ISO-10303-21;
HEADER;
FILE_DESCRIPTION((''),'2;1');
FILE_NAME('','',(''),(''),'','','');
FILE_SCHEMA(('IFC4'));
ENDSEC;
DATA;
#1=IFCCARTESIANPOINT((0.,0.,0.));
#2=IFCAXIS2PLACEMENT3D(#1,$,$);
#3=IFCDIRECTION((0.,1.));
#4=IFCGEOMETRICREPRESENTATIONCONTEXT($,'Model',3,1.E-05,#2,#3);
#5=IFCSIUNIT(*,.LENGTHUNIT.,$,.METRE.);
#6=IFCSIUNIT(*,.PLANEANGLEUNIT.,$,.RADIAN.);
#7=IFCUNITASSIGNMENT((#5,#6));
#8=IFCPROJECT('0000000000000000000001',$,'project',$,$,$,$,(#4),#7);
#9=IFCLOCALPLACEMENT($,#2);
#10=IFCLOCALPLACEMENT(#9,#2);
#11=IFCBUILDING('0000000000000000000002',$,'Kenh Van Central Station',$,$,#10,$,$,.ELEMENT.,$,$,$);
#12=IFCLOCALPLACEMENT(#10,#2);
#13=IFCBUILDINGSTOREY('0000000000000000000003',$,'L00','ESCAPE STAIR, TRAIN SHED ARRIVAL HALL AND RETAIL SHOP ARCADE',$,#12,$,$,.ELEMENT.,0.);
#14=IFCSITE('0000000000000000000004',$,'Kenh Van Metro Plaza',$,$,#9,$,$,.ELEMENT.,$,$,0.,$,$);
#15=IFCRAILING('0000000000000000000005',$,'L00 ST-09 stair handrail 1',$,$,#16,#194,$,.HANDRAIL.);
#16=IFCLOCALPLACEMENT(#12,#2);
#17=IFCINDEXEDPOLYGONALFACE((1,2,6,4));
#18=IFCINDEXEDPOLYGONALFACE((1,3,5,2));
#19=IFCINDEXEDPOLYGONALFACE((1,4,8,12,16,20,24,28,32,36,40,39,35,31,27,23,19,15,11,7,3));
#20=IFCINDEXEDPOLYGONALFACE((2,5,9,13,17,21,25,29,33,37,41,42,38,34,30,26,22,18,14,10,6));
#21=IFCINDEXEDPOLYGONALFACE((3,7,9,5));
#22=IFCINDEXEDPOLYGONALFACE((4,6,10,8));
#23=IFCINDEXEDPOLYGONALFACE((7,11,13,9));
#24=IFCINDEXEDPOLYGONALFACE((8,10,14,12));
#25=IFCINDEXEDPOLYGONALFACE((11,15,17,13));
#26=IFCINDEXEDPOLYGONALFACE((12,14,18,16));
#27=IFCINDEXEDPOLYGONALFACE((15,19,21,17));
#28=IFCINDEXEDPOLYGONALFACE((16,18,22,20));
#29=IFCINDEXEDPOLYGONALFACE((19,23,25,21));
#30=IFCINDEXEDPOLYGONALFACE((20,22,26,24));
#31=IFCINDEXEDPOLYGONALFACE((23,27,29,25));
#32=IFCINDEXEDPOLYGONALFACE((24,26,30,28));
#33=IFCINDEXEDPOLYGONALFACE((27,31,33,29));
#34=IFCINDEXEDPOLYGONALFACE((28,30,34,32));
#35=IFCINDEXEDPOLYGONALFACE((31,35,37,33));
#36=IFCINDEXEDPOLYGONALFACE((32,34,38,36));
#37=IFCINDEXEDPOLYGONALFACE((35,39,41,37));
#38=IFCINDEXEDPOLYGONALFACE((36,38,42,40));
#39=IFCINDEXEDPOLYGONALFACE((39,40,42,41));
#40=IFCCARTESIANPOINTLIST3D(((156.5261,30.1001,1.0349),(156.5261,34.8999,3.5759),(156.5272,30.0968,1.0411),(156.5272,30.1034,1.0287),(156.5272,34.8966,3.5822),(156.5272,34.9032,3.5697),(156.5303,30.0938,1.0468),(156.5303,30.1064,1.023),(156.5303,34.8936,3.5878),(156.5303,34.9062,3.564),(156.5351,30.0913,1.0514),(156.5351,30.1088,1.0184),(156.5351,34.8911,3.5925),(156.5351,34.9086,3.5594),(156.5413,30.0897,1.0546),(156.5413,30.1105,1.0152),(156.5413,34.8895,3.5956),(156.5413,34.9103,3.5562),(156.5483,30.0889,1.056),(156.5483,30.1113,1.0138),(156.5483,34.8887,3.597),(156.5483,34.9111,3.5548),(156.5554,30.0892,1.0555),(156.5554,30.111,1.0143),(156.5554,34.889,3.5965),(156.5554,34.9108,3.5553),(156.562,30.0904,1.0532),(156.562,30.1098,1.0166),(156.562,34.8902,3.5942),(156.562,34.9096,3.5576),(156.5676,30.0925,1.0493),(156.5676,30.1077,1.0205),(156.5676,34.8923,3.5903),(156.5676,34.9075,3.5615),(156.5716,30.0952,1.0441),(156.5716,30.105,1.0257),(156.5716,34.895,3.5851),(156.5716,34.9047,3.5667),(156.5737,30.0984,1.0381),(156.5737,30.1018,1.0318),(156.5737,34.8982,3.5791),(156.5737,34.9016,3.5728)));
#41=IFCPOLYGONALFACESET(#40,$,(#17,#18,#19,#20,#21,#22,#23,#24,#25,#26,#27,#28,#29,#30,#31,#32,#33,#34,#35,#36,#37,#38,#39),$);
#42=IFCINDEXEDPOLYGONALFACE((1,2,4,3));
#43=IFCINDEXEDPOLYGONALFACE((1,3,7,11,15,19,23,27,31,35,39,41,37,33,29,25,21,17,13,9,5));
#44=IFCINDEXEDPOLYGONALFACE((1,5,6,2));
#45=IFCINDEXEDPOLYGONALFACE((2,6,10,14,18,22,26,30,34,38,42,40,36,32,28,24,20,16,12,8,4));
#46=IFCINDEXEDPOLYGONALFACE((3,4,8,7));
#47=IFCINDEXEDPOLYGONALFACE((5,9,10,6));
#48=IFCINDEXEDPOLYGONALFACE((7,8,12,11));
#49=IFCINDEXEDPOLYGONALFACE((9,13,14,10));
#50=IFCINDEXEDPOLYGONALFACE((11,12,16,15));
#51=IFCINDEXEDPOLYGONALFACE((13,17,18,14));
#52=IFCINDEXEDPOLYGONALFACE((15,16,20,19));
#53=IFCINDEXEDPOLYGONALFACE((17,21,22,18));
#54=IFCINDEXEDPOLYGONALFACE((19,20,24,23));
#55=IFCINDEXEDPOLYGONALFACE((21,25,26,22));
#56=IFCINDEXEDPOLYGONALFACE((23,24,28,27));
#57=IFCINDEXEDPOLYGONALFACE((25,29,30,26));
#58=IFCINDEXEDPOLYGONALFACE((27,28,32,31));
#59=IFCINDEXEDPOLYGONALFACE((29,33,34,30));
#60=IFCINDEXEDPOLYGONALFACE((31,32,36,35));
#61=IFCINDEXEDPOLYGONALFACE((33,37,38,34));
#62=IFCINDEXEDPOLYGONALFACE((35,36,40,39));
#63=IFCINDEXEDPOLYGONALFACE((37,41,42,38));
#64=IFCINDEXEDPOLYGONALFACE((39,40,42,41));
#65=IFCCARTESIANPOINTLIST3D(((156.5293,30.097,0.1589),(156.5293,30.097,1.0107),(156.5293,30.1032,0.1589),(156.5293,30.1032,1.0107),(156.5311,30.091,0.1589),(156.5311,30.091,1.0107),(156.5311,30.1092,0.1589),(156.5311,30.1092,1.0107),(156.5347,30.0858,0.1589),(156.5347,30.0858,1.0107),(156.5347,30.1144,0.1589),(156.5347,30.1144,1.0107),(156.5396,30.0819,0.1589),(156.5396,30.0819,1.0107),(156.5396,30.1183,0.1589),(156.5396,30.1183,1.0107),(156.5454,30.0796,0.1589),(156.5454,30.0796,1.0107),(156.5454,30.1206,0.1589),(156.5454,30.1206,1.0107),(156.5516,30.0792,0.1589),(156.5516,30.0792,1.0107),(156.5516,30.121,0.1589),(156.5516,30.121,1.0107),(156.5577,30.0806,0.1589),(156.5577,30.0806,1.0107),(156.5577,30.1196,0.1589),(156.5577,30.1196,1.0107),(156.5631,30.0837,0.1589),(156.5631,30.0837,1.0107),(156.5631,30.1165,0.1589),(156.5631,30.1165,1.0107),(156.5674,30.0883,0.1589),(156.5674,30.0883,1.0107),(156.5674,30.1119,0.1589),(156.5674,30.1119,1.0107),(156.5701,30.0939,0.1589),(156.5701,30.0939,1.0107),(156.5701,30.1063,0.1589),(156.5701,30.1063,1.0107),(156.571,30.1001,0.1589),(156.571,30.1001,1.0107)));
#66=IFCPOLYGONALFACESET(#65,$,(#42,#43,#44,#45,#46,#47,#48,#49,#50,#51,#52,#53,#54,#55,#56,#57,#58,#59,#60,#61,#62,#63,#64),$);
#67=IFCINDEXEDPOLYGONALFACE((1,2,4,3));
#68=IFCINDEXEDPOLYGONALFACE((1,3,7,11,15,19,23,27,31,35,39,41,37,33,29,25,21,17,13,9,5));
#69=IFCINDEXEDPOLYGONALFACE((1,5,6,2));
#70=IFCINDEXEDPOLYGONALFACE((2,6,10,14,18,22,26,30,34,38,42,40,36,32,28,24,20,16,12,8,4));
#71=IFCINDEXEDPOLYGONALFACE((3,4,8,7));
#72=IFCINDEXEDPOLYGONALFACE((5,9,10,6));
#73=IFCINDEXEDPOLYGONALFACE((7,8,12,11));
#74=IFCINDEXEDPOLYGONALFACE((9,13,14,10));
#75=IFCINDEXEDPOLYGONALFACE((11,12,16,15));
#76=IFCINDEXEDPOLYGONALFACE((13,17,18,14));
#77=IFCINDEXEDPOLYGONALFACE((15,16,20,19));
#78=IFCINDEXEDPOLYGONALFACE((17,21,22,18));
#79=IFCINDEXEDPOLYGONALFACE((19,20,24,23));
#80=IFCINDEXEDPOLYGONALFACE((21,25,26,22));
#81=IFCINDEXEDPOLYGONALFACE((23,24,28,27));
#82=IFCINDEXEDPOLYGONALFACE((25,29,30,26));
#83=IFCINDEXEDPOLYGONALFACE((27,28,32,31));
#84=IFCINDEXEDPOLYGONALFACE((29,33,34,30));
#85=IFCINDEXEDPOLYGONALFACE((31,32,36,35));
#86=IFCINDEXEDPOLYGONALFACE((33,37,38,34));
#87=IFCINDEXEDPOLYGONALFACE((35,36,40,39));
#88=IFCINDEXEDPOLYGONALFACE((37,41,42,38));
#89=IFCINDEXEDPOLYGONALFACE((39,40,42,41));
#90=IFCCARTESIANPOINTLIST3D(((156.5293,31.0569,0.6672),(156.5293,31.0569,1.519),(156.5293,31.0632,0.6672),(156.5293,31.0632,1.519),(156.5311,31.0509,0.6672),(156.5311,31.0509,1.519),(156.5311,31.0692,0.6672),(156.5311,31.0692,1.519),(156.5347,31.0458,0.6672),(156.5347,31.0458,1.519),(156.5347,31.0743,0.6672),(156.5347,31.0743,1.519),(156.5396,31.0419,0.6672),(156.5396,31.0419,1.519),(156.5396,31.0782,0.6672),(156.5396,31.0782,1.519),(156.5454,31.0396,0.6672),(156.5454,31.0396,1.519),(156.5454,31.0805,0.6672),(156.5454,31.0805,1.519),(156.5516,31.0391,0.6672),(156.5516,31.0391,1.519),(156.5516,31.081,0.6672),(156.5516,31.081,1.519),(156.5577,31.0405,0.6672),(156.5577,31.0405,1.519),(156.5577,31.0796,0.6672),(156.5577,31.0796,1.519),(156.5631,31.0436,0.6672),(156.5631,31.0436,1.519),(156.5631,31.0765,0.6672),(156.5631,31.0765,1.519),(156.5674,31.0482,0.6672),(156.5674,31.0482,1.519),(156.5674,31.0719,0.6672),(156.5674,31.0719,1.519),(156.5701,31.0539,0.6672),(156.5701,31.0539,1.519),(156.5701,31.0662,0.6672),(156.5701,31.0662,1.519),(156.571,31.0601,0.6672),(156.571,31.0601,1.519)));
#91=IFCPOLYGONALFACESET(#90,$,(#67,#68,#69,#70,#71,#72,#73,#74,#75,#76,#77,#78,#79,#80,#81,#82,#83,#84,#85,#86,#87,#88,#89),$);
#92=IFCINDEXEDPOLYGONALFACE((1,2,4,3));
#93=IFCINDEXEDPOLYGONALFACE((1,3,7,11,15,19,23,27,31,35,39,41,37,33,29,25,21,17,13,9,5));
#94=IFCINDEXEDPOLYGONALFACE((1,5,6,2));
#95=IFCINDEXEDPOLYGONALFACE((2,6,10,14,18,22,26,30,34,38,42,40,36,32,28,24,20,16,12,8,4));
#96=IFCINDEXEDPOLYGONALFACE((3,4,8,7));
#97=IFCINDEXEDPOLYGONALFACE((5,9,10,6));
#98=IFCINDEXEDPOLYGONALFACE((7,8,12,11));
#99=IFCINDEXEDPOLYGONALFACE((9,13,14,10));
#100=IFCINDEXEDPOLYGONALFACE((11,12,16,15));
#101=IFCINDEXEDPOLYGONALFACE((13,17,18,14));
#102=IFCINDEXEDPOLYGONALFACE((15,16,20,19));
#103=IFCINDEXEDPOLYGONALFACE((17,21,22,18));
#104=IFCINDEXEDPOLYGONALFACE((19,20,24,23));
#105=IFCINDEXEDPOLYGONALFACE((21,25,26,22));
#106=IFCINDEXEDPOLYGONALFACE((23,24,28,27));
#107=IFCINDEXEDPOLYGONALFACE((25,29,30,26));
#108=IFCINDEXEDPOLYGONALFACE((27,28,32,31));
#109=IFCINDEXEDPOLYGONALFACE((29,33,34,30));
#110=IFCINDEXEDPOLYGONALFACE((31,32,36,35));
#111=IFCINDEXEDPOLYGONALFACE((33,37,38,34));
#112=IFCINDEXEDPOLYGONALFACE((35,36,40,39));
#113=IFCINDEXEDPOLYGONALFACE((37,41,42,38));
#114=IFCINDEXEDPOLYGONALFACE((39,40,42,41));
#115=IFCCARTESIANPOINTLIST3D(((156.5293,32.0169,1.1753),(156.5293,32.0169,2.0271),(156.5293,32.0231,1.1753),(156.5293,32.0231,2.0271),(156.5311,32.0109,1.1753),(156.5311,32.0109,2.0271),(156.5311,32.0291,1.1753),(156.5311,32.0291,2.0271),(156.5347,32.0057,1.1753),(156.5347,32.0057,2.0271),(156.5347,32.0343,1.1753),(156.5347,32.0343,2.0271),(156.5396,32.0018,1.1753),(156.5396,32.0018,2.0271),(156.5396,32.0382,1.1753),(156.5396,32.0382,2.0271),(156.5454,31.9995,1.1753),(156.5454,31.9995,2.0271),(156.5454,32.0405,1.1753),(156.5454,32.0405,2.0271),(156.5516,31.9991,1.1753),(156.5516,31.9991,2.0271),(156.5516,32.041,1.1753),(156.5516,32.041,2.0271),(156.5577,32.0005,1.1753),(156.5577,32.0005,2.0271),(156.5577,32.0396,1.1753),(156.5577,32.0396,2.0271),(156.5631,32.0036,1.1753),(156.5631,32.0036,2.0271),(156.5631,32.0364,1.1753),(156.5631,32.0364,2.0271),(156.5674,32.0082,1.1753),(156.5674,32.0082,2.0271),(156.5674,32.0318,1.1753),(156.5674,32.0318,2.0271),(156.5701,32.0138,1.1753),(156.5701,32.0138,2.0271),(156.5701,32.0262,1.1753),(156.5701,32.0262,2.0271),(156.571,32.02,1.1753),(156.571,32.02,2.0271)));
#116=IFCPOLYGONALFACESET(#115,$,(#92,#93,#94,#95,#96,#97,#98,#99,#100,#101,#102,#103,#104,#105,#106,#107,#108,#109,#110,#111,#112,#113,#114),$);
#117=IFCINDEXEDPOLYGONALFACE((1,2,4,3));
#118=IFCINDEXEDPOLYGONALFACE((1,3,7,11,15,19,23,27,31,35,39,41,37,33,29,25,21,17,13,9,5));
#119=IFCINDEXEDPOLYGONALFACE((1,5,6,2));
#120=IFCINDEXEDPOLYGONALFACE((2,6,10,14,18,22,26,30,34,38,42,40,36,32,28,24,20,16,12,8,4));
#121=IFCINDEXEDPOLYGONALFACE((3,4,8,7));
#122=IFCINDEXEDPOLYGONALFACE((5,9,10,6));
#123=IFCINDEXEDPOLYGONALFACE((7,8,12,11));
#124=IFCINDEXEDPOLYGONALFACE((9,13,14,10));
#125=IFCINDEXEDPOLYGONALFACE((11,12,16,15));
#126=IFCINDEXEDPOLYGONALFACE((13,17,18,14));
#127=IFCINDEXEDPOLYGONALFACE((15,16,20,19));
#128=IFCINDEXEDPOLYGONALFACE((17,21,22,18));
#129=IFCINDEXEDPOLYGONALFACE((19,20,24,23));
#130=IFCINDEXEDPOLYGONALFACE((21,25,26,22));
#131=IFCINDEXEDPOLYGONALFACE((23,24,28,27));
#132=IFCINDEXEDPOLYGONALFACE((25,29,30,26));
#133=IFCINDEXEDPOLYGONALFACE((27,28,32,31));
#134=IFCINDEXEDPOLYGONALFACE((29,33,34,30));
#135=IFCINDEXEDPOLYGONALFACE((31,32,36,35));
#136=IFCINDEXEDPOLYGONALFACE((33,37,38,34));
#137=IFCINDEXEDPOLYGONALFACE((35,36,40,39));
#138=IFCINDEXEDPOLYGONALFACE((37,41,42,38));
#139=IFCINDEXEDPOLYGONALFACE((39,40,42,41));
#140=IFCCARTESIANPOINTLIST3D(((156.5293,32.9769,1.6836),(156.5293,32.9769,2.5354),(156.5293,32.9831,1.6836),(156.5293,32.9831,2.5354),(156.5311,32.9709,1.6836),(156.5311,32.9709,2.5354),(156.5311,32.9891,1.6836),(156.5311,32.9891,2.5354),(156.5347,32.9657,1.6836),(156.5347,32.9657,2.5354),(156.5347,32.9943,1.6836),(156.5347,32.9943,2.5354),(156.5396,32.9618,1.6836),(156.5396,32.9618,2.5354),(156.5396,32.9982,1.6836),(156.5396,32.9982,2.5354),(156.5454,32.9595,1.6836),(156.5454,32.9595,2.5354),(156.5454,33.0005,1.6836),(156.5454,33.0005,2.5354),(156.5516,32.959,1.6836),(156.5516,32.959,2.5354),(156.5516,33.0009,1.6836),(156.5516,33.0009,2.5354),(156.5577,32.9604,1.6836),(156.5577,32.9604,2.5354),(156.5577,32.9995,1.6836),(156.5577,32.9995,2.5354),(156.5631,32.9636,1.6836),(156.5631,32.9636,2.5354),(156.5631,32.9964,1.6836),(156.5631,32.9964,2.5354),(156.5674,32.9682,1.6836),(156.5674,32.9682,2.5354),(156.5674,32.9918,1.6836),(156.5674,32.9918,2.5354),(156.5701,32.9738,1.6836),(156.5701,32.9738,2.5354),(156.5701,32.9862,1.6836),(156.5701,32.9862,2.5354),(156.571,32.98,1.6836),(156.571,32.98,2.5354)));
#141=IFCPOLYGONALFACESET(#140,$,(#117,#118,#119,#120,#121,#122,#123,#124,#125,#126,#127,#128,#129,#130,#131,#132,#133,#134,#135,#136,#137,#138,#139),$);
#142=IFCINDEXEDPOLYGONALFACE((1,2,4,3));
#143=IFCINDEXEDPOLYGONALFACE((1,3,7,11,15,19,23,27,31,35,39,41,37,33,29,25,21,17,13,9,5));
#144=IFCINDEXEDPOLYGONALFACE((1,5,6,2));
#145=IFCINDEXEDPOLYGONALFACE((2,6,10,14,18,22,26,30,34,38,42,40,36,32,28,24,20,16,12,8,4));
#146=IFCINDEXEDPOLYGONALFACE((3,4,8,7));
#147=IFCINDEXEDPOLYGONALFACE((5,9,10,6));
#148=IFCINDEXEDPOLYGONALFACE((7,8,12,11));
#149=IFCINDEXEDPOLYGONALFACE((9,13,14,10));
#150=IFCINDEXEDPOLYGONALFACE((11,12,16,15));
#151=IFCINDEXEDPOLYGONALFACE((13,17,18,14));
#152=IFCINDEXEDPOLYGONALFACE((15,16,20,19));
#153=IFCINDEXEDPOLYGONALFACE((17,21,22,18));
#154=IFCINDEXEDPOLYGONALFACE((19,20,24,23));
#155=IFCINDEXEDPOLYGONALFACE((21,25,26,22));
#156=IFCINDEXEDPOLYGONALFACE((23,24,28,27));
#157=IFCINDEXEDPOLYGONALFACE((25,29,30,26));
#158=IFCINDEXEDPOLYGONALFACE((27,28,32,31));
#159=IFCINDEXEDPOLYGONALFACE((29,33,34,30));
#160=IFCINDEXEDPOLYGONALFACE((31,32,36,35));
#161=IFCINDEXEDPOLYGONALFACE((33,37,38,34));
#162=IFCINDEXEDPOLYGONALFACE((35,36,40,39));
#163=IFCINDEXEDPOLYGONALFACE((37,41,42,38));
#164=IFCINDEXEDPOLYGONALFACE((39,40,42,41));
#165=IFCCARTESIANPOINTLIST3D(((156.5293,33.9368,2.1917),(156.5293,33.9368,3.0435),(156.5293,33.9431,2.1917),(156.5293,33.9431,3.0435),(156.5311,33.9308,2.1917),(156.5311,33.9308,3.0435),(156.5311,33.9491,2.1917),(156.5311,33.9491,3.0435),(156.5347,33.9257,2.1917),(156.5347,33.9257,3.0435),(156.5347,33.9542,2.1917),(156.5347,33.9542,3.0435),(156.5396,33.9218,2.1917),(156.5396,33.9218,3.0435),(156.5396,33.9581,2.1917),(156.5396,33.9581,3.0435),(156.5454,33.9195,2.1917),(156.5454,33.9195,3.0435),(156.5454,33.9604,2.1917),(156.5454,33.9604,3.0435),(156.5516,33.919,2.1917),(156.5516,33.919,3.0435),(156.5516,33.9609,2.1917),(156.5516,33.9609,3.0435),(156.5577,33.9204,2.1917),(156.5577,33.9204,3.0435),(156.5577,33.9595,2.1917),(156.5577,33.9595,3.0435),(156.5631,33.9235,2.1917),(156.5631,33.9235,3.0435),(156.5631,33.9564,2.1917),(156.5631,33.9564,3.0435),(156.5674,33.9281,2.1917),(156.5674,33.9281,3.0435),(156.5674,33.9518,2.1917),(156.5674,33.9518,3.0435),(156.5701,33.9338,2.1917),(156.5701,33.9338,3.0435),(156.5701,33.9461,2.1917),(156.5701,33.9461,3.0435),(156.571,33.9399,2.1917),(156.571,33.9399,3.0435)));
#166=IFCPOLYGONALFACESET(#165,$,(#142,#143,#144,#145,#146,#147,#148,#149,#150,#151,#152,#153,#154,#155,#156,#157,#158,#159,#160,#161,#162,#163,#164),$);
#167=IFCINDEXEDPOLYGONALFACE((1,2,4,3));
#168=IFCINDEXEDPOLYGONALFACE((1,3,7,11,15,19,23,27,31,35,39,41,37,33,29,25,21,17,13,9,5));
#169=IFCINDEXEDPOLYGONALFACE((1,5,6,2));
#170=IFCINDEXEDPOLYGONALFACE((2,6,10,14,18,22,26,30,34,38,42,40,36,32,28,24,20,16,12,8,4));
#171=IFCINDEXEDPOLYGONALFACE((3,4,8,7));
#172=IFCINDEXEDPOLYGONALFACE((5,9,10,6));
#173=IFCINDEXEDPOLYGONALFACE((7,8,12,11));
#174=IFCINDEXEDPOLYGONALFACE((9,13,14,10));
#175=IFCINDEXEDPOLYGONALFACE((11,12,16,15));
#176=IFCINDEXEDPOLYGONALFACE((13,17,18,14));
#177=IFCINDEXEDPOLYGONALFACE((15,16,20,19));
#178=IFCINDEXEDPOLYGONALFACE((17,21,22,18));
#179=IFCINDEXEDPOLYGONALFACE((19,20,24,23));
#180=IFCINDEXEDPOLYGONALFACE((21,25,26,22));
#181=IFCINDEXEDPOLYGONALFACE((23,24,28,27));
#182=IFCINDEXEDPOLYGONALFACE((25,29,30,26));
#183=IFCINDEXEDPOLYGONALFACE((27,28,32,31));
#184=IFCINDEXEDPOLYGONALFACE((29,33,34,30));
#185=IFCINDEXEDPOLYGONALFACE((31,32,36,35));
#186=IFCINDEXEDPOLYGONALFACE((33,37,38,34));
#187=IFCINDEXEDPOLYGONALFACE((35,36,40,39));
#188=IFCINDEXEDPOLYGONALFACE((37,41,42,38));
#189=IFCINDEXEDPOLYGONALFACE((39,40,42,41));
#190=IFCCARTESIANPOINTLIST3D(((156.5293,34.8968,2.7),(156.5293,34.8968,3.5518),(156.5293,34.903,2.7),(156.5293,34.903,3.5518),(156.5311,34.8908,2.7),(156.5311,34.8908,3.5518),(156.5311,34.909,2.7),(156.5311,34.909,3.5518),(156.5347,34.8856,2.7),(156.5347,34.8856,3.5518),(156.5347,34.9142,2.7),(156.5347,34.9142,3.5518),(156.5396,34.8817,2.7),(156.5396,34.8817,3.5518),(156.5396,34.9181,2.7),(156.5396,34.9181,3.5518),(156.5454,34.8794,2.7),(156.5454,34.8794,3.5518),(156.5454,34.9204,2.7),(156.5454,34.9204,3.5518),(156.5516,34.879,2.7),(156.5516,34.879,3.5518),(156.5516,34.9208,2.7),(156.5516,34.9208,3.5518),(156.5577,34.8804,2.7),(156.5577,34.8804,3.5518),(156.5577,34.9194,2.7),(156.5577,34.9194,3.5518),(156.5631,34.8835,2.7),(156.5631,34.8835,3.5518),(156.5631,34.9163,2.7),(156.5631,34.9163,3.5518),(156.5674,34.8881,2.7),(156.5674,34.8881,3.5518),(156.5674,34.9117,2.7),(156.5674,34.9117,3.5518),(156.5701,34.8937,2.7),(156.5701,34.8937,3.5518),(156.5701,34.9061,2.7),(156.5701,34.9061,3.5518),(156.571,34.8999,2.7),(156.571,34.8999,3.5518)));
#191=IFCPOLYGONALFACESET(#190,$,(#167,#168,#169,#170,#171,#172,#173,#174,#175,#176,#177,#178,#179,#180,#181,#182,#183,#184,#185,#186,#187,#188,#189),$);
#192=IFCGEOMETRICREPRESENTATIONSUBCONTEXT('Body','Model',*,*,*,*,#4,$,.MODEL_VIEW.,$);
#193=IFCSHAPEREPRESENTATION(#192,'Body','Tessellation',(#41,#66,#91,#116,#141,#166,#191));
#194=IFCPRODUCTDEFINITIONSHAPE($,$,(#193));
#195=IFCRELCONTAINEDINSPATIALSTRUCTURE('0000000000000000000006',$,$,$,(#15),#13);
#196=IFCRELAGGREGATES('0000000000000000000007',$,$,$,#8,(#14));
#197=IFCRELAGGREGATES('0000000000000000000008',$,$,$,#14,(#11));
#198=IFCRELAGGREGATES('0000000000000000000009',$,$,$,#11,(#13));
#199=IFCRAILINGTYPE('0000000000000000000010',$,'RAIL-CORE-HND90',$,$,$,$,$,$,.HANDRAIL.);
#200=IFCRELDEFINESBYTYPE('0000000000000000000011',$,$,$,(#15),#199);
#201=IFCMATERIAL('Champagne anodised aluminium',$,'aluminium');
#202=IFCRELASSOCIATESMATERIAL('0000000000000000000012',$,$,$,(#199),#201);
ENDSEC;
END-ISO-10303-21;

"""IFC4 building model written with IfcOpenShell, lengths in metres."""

from ifc_helpers import new_model, si_unit, direction, frame, origin, origin_2d, place, context, subcontext, project, spatial, circle, extrude, material, type_object, element, save


model = new_model("IFC4")

# Units and contexts
model_context = context("Model", 3, precision=1e-05, world=origin(), true_north=direction((0.0, 1.0)))
body_context = subcontext(model_context, "Body", "Model", "MODEL_VIEW")
ifc_project = project(units=[si_unit("LENGTHUNIT", "METRE"), si_unit("PLANEANGLEUNIT", "RADIAN")], contexts=[model_context])

# Site, building, storey
site_placement = place(None, origin())
site = spatial("IfcSite", under=ifc_project, at=site_placement, Name="Kenh Van Metro Plaza", CompositionType="ELEMENT", RefElevation=0.0)
building_placement = place(site_placement, origin())
building = spatial("IfcBuilding", under=site, at=building_placement, Name="Kenh Van Central Station", CompositionType="ELEMENT")
storey_placement = place(building_placement, origin())
storey = spatial("IfcBuildingStorey", under=building, at=storey_placement, Name="L00", Description="ESCAPE STAIR, TRAIN SHED ARRIVAL HALL AND RETAIL SHOP ARCADE", CompositionType="ELEMENT", Elevation=0.0)

# Shared definitions
ifc_material_1 = material(Name="Champagne anodised aluminium", Category="aluminium")

# Railing
railing_type_1 = type_object("IfcRailingType", Name="RAIL-CORE-HND90", PredefinedType="HANDRAIL", material=ifc_material_1)
railing_1_placement = place(storey_placement, frame((156.55, 30.1001, 0.1589)))
element("IfcRailing", 1, at=railing_1_placement, inside=storey, type_object=railing_type_1, Name="L00 ST-09 stair handrail 1", PredefinedType="HANDRAIL", context=body_context, shape_type="SweptSolid", body=[
    extrude(circle(Radius=0.0239, at=origin_2d()), frame((0.0, 0.0, 0.876), z_axis=(0.0, 0.883792, 0.467879), x_axis=(-1.0, 0.0, 0.0)), (0.0, 0.0, 1.0), 5.4309),
    extrude(circle(Radius=0.021, at=origin_2d()), origin(), (0.0, 0.0, 1.0), 0.8518),
    extrude(circle(Radius=0.021, at=origin_2d()), frame((0.0, 0.96, 0.5083)), (0.0, 0.0, 1.0), 0.8518),
    extrude(circle(Radius=0.021, at=origin_2d()), frame((0.0, 1.9199, 1.0164)), (0.0, 0.0, 1.0), 0.8518),
    extrude(circle(Radius=0.021, at=origin_2d()), frame((0.0, 2.8799, 1.5247)), (0.0, 0.0, 1.0), 0.8518),
    extrude(circle(Radius=0.021, at=origin_2d()), frame((0.0, 3.8398, 2.0327)), (0.0, 0.0, 1.0), 0.8518),
    extrude(circle(Radius=0.021, at=origin_2d()), frame((0.0, 4.7998, 2.541)), (0.0, 0.0, 1.0), 0.8518),
])

save(model, "model.ifc")
